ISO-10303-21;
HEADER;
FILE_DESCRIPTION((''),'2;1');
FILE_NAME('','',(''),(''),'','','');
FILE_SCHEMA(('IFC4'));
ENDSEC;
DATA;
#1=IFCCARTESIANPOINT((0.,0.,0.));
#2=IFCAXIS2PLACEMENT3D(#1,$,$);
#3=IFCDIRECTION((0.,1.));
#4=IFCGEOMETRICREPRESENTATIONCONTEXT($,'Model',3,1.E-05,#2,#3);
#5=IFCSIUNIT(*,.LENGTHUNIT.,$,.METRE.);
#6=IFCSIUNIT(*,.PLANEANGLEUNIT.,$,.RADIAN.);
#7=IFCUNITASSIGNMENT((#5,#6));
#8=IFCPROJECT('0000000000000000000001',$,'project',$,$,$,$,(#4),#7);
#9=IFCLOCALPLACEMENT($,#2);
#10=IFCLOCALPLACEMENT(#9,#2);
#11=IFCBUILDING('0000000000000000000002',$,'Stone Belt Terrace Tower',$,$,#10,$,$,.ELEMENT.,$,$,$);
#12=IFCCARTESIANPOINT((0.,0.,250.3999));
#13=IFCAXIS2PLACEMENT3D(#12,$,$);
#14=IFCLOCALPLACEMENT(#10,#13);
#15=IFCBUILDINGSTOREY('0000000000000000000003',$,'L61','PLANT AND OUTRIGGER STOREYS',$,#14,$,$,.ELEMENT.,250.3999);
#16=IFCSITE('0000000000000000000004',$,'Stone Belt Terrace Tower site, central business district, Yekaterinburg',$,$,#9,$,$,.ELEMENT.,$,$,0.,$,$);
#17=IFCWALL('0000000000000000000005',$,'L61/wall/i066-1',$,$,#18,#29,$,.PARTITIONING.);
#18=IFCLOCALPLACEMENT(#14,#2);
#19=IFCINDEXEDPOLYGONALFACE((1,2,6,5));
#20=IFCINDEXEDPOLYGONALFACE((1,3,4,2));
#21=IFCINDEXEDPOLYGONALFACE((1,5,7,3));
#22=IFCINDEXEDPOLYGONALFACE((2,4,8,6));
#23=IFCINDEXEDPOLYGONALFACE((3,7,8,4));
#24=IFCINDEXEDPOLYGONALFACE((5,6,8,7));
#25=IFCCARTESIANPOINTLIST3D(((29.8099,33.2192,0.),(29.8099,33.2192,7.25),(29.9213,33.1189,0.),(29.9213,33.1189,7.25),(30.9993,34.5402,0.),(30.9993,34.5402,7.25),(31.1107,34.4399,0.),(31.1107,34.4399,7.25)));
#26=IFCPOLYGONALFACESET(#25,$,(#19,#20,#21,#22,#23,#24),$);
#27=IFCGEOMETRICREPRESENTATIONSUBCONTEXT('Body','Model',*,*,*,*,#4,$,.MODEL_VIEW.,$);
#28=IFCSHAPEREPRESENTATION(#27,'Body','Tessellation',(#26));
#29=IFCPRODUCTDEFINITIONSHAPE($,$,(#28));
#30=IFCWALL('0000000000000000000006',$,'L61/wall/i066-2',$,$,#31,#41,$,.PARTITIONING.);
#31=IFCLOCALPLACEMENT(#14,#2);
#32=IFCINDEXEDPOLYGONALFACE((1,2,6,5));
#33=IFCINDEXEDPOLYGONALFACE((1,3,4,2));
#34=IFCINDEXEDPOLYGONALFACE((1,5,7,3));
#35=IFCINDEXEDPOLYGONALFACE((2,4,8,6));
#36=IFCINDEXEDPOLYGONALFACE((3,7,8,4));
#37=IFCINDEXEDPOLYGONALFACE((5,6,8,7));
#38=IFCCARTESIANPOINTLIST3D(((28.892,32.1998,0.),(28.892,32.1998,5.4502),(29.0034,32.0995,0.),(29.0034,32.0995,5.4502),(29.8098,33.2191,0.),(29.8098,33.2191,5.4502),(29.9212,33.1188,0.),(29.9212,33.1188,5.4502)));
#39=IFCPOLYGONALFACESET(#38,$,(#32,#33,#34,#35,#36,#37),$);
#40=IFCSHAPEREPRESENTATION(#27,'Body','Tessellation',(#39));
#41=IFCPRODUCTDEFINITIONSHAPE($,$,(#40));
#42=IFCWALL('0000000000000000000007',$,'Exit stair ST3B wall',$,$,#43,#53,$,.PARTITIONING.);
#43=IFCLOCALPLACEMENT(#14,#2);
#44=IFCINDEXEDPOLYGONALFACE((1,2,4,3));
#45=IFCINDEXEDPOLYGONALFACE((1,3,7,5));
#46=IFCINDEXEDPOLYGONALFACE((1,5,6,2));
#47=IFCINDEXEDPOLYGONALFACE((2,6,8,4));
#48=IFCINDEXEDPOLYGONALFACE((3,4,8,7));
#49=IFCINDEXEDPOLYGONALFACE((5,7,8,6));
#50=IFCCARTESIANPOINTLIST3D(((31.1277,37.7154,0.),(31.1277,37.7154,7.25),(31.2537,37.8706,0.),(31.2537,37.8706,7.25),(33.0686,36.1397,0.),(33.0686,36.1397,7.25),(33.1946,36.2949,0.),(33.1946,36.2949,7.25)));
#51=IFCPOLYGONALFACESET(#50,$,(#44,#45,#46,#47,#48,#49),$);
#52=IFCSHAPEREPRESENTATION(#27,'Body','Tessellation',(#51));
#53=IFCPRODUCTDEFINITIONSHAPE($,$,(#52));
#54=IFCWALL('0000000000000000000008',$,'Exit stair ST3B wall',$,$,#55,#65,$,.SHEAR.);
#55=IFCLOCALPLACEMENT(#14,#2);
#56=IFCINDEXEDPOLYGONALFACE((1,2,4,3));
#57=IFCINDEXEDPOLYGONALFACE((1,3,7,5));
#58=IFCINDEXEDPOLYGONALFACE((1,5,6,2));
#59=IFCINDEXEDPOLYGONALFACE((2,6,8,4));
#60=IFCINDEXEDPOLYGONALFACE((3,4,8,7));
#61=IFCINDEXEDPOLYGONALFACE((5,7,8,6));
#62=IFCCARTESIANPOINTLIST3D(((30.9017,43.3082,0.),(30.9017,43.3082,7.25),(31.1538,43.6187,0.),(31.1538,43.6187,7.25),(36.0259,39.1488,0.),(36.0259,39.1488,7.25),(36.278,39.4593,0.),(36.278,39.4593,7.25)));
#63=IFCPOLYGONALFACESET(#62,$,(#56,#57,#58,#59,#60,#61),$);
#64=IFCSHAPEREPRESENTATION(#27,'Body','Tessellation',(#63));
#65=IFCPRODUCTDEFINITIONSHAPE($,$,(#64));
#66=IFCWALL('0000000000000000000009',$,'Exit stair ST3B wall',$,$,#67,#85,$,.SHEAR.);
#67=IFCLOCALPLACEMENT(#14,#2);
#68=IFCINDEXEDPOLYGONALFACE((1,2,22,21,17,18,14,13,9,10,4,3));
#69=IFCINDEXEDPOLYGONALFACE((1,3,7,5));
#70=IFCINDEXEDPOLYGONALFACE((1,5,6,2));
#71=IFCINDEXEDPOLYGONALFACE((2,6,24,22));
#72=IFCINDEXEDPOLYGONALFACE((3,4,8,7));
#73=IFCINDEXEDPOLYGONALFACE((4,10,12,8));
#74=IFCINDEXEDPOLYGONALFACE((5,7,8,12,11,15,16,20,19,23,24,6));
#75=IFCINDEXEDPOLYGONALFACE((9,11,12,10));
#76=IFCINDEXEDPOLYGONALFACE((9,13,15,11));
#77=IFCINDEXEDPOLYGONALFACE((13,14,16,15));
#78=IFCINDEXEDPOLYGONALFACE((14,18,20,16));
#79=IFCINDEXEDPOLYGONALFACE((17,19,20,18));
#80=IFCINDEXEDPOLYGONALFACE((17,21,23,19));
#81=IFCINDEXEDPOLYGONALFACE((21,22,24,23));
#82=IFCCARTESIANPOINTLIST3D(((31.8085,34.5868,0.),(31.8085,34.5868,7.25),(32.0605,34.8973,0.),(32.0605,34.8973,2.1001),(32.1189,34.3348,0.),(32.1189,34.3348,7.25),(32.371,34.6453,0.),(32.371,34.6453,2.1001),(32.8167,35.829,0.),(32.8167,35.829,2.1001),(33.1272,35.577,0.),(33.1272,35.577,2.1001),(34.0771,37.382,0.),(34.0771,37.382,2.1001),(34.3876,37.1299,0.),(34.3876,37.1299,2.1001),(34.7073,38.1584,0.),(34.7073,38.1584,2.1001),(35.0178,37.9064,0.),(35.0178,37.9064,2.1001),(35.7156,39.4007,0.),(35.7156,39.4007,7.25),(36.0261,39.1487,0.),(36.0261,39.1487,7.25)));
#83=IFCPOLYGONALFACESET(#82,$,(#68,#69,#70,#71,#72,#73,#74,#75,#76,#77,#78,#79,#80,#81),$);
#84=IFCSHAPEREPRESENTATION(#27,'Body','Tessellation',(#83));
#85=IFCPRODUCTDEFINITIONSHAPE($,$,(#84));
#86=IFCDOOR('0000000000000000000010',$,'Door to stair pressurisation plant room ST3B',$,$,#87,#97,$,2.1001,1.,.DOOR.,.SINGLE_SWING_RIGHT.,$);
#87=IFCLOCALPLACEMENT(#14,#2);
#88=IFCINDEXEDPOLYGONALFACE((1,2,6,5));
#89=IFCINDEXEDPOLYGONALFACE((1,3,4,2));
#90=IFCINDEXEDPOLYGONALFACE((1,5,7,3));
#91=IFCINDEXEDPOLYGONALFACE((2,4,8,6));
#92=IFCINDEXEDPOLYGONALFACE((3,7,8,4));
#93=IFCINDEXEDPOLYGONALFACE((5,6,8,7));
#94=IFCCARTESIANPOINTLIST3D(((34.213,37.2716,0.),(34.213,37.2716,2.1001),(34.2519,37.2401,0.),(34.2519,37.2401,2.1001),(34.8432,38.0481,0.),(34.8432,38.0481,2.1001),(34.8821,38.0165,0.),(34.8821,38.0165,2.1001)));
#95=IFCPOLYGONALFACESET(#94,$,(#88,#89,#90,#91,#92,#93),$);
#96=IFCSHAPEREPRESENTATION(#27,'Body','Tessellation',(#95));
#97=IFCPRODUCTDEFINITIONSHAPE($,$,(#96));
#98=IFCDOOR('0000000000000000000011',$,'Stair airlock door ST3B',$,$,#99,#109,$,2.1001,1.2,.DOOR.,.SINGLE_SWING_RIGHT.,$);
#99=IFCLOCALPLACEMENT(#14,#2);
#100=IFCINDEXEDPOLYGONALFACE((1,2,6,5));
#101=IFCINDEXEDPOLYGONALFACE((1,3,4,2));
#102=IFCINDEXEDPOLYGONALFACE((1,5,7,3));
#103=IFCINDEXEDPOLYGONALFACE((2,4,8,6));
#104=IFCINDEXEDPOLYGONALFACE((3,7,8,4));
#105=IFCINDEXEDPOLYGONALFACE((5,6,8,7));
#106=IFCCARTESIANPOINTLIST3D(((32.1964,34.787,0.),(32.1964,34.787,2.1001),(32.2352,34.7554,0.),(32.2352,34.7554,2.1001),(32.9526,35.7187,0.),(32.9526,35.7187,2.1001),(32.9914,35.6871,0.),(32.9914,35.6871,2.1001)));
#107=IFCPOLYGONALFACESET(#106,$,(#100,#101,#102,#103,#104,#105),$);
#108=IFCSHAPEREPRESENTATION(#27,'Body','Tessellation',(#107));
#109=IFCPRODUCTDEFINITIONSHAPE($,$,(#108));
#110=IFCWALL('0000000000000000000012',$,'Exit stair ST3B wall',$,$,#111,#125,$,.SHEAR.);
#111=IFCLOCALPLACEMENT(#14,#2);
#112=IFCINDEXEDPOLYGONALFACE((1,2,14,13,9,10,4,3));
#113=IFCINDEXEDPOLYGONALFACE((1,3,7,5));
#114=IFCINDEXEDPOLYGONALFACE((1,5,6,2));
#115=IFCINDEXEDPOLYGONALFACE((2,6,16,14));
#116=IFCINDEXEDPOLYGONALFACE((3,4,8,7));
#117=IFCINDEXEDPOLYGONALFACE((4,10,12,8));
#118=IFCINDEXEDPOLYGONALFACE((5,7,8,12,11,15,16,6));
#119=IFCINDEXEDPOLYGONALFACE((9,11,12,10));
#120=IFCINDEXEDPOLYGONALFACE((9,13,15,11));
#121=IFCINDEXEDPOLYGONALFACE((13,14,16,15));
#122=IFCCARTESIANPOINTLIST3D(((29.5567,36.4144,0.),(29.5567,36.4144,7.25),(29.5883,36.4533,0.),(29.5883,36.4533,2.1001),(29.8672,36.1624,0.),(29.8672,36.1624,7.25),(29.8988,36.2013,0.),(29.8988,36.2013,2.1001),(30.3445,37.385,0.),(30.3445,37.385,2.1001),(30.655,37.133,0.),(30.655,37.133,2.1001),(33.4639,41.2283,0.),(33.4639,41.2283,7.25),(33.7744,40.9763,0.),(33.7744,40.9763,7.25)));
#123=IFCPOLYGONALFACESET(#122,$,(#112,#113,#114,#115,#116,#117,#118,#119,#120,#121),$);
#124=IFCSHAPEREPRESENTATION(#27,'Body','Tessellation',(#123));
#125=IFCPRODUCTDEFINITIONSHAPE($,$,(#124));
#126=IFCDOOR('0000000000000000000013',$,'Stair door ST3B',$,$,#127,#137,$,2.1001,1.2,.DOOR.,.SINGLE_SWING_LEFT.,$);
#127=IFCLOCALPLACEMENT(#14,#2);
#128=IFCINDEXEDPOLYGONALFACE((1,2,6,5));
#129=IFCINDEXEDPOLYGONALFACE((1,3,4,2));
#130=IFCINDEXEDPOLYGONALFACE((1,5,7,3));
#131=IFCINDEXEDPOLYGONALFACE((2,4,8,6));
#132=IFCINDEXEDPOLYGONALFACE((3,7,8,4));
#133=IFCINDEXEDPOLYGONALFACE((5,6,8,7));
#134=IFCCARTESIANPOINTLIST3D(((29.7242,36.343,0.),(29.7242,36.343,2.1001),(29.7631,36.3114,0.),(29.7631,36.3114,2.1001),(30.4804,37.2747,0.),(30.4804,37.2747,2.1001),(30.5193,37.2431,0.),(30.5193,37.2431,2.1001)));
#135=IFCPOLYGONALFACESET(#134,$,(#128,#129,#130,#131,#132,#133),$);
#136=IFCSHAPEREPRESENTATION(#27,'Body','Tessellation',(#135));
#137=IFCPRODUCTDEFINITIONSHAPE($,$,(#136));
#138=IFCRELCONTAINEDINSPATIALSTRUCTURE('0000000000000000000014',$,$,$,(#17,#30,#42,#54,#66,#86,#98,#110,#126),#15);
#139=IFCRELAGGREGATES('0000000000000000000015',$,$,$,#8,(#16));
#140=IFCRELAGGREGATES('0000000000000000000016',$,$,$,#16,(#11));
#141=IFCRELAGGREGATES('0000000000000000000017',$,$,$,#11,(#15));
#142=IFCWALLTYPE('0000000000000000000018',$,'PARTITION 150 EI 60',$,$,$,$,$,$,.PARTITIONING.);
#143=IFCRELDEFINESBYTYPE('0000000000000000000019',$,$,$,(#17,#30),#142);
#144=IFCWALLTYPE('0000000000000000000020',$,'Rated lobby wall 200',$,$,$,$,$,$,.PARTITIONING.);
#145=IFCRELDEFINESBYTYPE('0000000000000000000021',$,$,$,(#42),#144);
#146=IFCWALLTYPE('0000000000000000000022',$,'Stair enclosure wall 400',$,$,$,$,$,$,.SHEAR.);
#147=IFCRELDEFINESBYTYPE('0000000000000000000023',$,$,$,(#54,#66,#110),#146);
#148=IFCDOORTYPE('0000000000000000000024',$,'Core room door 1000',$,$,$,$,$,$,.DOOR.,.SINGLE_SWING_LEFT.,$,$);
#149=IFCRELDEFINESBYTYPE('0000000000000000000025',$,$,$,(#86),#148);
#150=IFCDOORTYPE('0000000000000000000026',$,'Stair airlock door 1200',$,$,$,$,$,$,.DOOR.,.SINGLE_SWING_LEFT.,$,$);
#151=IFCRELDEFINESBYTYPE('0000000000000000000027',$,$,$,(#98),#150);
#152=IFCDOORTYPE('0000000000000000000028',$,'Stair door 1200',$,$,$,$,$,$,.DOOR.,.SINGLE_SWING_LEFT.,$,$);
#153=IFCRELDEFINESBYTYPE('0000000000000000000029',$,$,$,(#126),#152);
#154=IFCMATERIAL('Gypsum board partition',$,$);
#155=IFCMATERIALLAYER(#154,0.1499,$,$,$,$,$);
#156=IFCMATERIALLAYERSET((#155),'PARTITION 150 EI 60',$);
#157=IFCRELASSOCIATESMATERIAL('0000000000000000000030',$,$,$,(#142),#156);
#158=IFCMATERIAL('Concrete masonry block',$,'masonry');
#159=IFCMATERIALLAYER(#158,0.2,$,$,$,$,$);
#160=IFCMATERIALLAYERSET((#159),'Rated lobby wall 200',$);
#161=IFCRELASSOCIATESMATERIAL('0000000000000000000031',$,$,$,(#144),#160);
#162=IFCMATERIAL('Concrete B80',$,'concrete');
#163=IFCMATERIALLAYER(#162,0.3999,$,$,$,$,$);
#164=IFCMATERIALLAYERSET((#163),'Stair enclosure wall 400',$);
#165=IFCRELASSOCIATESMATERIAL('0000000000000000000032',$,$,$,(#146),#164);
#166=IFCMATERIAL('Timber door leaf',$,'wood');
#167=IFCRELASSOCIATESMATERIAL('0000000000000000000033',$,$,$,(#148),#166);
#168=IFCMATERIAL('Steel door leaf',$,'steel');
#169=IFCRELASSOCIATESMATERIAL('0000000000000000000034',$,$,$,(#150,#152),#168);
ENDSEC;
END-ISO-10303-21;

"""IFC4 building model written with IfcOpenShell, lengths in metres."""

from ifc_helpers import new_model, si_unit, direction, frame, frame_2d, origin, place, context, subcontext, project, spatial, rectangle, extrude, material, layer, layer_set, type_object, element, fill, save


model = new_model("IFC4")

# Units and contexts
model_context = context("Model", 3, precision=1e-05, world=origin(), true_north=direction((0.0, 1.0)))
body_context = subcontext(model_context, "Body", "Model", "MODEL_VIEW")
ifc_project = project(units=[si_unit("LENGTHUNIT", "METRE"), si_unit("PLANEANGLEUNIT", "RADIAN")], contexts=[model_context])

# Site, building, storey
site_placement = place(None, origin())
site = spatial("IfcSite", under=ifc_project, at=site_placement, Name="Stone Belt Terrace Tower site, central business district, Yekaterinburg", CompositionType="ELEMENT", RefElevation=0.0)
building_placement = place(site_placement, origin())
building = spatial("IfcBuilding", under=site, at=building_placement, Name="Stone Belt Terrace Tower", CompositionType="ELEMENT")
storey_placement = place(building_placement, frame((0.0, 0.0, 250.3999)))
storey = spatial("IfcBuildingStorey", under=building, at=storey_placement, Name="L61", Description="PLANT AND OUTRIGGER STOREYS", CompositionType="ELEMENT", Elevation=250.3999)

# Shared definitions
ifc_material_1 = material(Name="Concrete B80", Category="concrete")

# Shared definitions
ifc_material_2 = material(Name="Gypsum board partition")
ifc_layer_1 = layer(ifc_material_2, 0.1499)
ifc_layer_set_1 = layer_set([ifc_layer_1], Name="PARTITION 150 EI 60")
wall_type_1 = type_object("IfcWallType", Name="PARTITION 150 EI 60", PredefinedType="PARTITIONING", material=ifc_layer_set_1)

# Walls
wall_1_placement = place(storey_placement, frame((31.0549, 34.49, 0.0), z_axis=(0.0, 0.0, 1.0), x_axis=(-0.669124, -0.743151, 0.0)))
element("IfcWall", 1, at=wall_1_placement, inside=storey, type_object=wall_type_1, Name="L61/wall/i066-1", PredefinedType="PARTITIONING", context=body_context, shape_type="SweptSolid", body=[
    extrude(rectangle(XDim=1.7776, YDim=0.1499, at=frame_2d((0.8887, 0.0))), origin(), (0.0, 0.0, 1.0), 7.25),
])
wall_2_placement = place(storey_placement, frame((29.8655, 33.1689, 0.0), z_axis=(0.0, 0.0, 1.0), x_axis=(-0.669112, -0.743161, 0.0)))
element("IfcWall", 2, at=wall_2_placement, inside=storey, type_object=wall_type_1, Name="L61/wall/i066-2", PredefinedType="PARTITIONING", context=body_context, shape_type="SweptSolid", body=[
    extrude(rectangle(XDim=1.3716, YDim=0.1499, at=frame_2d((0.6858, 0.0))), origin(), (0.0, 0.0, 1.0), 5.4502),
])
ifc_material_3 = material(Name="Concrete masonry block", Category="masonry")
ifc_layer_2 = layer(ifc_material_3, 0.2)
ifc_layer_set_2 = layer_set([ifc_layer_2], Name="Rated lobby wall 200")
wall_type_2 = type_object("IfcWallType", Name="Rated lobby wall 200", PredefinedType="PARTITIONING", material=ifc_layer_set_2)
wall_3_placement = place(storey_placement, frame((31.1907, 37.793, 0.0), z_axis=(0.0, 0.0, 1.0), x_axis=(0.776371, -0.630276, 0.0)))
element("IfcWall", 3, at=wall_3_placement, inside=storey, type_object=wall_type_2, Name="Exit stair ST3B wall", PredefinedType="PARTITIONING", context=body_context, shape_type="SweptSolid", body=[
    extrude(rectangle(XDim=2.5, YDim=0.2, at=frame_2d((1.25, 0.0))), origin(), (0.0, 0.0, 1.0), 7.25),
])
ifc_layer_3 = layer(ifc_material_1, 0.3999)
ifc_layer_set_3 = layer_set([ifc_layer_3], Name="Stair enclosure wall 400")
wall_type_3 = type_object("IfcWallType", Name="Stair enclosure wall 400", PredefinedType="SHEAR", material=ifc_layer_set_3)
wall_4_placement = place(storey_placement, frame((31.0278, 43.4634, 0.0), z_axis=(0.0, 0.0, 1.0), x_axis=(0.776414, -0.630224, 0.0)))
element("IfcWall", 4, at=wall_4_placement, inside=storey, type_object=wall_type_3, Name="Exit stair ST3B wall", PredefinedType="SHEAR", context=body_context, shape_type="SweptSolid", body=[
    extrude(rectangle(XDim=6.5999, YDim=0.3999, at=frame_2d((3.2998, 0.0))), origin(), (0.0, 0.0, 1.0), 7.25),
])

# Wall, openings, doors
wall_5_placement = place(storey_placement, frame((31.9636, 34.4607, 0.0), z_axis=(0.0, 0.0, 1.0), x_axis=(0.630192, 0.776439, 0.0)))
wall_5 = element("IfcWall", 5, at=wall_5_placement, inside=storey, type_object=wall_type_3, Name="Exit stair ST3B wall", PredefinedType="SHEAR", context=body_context, shape_type="SweptSolid", body=[
    extrude(rectangle(XDim=6.2, YDim=0.3999, at=frame_2d((3.1001, 0.0))), origin(), (0.0, 0.0, 1.0), 7.25),
])
opening_1_placement = place(wall_5_placement, frame((0.3999, 0.0, 0.0)))
opening_1 = element("IfcOpeningElement", 6, at=opening_1_placement, cuts=wall_5, PredefinedType="OPENING", context=body_context, shape_type="SweptSolid", body=[
    extrude(rectangle(XDim=1.2, YDim=2.1001, at=frame_2d((0.6001, 1.05))), frame((0.0, 0.21, 0.0), z_axis=(0.0, -1.0, 0.0), x_axis=(1.0, 0.0, 0.0)), (0.0, 0.0, 1.0), 0.4199),
])
opening_2_placement = place(wall_5_placement, frame((3.6001, 0.0, 0.0)))
opening_2 = element("IfcOpeningElement", 7, at=opening_2_placement, cuts=wall_5, PredefinedType="OPENING", context=body_context, shape_type="SweptSolid", body=[
    extrude(rectangle(XDim=1.0, YDim=2.1001, at=frame_2d((0.5, 1.05))), frame((0.0, 0.21, 0.0), z_axis=(0.0, -1.0, 0.0), x_axis=(1.0, 0.0, 0.0)), (0.0, 0.0, 1.0), 0.4199),
])
ifc_material_4 = material(Name="Timber door leaf", Category="wood")
door_type_1 = type_object("IfcDoorType", Name="Core room door 1000", OperationType="SINGLE_SWING_LEFT", PredefinedType="DOOR", material=ifc_material_4)
door_1_placement = place(opening_2_placement, origin())
door_1 = element("IfcDoor", 8, at=door_1_placement, inside=storey, type_object=door_type_1, Name="Door to stair pressurisation plant room ST3B", OperationType="SINGLE_SWING_RIGHT", OverallHeight=2.1001, OverallWidth=1.0, PredefinedType="DOOR", context=body_context, shape_type="SweptSolid", body=[
    extrude(rectangle(XDim=1.0, YDim=2.1001, at=frame_2d((0.5, 1.05))), frame((0.0, 0.0249, 0.0), z_axis=(0.0, -1.0, 0.0), x_axis=(1.0, 0.0, 0.0)), (0.0, 0.0, 1.0), 0.05),
])
fill(opening_2, door_1)
ifc_material_5 = material(Name="Steel door leaf", Category="steel")
door_type_2 = type_object("IfcDoorType", Name="Stair airlock door 1200", OperationType="SINGLE_SWING_LEFT", PredefinedType="DOOR", material=ifc_material_5)
door_2_placement = place(opening_1_placement, origin())
door_2 = element("IfcDoor", 9, at=door_2_placement, inside=storey, type_object=door_type_2, Name="Stair airlock door ST3B", OperationType="SINGLE_SWING_RIGHT", OverallHeight=2.1001, OverallWidth=1.2, PredefinedType="DOOR", context=body_context, shape_type="SweptSolid", body=[
    extrude(rectangle(XDim=1.2, YDim=2.1001, at=frame_2d((0.6001, 1.05))), frame((0.0, 0.0249, 0.0), z_axis=(0.0, -1.0, 0.0), x_axis=(1.0, 0.0, 0.0)), (0.0, 0.0, 1.0), 0.05),
])
fill(opening_1, door_2)

# Wall, opening, door
wall_6_placement = place(storey_placement, frame((29.7119, 36.2883, 0.0), z_axis=(0.0, 0.0, 1.0), x_axis=(0.630192, 0.776439, 0.0)))
wall_6 = element("IfcWall", 10, at=wall_6_placement, inside=storey, type_object=wall_type_3, Name="Exit stair ST3B wall", PredefinedType="SHEAR", context=body_context, shape_type="SweptSolid", body=[
    extrude(rectangle(XDim=6.2, YDim=0.3999, at=frame_2d((3.1001, 0.0))), origin(), (0.0, 0.0, 1.0), 7.25),
])
opening_3_placement = place(wall_6_placement, frame((0.05, 0.0, 0.0)))
opening_3 = element("IfcOpeningElement", 11, at=opening_3_placement, cuts=wall_6, PredefinedType="OPENING", context=body_context, shape_type="SweptSolid", body=[
    extrude(rectangle(XDim=1.2, YDim=2.1001, at=frame_2d((0.6001, 1.05))), frame((0.0, 0.21, 0.0), z_axis=(0.0, -1.0, 0.0), x_axis=(1.0, 0.0, 0.0)), (0.0, 0.0, 1.0), 0.4199),
])
door_type_3 = type_object("IfcDoorType", Name="Stair door 1200", OperationType="SINGLE_SWING_LEFT", PredefinedType="DOOR", material=ifc_material_5)
door_3_placement = place(opening_3_placement, origin())
door_3 = element("IfcDoor", 12, at=door_3_placement, inside=storey, type_object=door_type_3, Name="Stair door ST3B", OperationType="SINGLE_SWING_LEFT", OverallHeight=2.1001, OverallWidth=1.2, PredefinedType="DOOR", context=body_context, shape_type="SweptSolid", body=[
    extrude(rectangle(XDim=1.2, YDim=2.1001, at=frame_2d((0.6001, 1.05))), frame((0.0, 0.0249, 0.0), z_axis=(0.0, -1.0, 0.0), x_axis=(1.0, 0.0, 0.0)), (0.0, 0.0, 1.0), 0.05),
])
fill(opening_3, door_3)

save(model, "model.ifc")
